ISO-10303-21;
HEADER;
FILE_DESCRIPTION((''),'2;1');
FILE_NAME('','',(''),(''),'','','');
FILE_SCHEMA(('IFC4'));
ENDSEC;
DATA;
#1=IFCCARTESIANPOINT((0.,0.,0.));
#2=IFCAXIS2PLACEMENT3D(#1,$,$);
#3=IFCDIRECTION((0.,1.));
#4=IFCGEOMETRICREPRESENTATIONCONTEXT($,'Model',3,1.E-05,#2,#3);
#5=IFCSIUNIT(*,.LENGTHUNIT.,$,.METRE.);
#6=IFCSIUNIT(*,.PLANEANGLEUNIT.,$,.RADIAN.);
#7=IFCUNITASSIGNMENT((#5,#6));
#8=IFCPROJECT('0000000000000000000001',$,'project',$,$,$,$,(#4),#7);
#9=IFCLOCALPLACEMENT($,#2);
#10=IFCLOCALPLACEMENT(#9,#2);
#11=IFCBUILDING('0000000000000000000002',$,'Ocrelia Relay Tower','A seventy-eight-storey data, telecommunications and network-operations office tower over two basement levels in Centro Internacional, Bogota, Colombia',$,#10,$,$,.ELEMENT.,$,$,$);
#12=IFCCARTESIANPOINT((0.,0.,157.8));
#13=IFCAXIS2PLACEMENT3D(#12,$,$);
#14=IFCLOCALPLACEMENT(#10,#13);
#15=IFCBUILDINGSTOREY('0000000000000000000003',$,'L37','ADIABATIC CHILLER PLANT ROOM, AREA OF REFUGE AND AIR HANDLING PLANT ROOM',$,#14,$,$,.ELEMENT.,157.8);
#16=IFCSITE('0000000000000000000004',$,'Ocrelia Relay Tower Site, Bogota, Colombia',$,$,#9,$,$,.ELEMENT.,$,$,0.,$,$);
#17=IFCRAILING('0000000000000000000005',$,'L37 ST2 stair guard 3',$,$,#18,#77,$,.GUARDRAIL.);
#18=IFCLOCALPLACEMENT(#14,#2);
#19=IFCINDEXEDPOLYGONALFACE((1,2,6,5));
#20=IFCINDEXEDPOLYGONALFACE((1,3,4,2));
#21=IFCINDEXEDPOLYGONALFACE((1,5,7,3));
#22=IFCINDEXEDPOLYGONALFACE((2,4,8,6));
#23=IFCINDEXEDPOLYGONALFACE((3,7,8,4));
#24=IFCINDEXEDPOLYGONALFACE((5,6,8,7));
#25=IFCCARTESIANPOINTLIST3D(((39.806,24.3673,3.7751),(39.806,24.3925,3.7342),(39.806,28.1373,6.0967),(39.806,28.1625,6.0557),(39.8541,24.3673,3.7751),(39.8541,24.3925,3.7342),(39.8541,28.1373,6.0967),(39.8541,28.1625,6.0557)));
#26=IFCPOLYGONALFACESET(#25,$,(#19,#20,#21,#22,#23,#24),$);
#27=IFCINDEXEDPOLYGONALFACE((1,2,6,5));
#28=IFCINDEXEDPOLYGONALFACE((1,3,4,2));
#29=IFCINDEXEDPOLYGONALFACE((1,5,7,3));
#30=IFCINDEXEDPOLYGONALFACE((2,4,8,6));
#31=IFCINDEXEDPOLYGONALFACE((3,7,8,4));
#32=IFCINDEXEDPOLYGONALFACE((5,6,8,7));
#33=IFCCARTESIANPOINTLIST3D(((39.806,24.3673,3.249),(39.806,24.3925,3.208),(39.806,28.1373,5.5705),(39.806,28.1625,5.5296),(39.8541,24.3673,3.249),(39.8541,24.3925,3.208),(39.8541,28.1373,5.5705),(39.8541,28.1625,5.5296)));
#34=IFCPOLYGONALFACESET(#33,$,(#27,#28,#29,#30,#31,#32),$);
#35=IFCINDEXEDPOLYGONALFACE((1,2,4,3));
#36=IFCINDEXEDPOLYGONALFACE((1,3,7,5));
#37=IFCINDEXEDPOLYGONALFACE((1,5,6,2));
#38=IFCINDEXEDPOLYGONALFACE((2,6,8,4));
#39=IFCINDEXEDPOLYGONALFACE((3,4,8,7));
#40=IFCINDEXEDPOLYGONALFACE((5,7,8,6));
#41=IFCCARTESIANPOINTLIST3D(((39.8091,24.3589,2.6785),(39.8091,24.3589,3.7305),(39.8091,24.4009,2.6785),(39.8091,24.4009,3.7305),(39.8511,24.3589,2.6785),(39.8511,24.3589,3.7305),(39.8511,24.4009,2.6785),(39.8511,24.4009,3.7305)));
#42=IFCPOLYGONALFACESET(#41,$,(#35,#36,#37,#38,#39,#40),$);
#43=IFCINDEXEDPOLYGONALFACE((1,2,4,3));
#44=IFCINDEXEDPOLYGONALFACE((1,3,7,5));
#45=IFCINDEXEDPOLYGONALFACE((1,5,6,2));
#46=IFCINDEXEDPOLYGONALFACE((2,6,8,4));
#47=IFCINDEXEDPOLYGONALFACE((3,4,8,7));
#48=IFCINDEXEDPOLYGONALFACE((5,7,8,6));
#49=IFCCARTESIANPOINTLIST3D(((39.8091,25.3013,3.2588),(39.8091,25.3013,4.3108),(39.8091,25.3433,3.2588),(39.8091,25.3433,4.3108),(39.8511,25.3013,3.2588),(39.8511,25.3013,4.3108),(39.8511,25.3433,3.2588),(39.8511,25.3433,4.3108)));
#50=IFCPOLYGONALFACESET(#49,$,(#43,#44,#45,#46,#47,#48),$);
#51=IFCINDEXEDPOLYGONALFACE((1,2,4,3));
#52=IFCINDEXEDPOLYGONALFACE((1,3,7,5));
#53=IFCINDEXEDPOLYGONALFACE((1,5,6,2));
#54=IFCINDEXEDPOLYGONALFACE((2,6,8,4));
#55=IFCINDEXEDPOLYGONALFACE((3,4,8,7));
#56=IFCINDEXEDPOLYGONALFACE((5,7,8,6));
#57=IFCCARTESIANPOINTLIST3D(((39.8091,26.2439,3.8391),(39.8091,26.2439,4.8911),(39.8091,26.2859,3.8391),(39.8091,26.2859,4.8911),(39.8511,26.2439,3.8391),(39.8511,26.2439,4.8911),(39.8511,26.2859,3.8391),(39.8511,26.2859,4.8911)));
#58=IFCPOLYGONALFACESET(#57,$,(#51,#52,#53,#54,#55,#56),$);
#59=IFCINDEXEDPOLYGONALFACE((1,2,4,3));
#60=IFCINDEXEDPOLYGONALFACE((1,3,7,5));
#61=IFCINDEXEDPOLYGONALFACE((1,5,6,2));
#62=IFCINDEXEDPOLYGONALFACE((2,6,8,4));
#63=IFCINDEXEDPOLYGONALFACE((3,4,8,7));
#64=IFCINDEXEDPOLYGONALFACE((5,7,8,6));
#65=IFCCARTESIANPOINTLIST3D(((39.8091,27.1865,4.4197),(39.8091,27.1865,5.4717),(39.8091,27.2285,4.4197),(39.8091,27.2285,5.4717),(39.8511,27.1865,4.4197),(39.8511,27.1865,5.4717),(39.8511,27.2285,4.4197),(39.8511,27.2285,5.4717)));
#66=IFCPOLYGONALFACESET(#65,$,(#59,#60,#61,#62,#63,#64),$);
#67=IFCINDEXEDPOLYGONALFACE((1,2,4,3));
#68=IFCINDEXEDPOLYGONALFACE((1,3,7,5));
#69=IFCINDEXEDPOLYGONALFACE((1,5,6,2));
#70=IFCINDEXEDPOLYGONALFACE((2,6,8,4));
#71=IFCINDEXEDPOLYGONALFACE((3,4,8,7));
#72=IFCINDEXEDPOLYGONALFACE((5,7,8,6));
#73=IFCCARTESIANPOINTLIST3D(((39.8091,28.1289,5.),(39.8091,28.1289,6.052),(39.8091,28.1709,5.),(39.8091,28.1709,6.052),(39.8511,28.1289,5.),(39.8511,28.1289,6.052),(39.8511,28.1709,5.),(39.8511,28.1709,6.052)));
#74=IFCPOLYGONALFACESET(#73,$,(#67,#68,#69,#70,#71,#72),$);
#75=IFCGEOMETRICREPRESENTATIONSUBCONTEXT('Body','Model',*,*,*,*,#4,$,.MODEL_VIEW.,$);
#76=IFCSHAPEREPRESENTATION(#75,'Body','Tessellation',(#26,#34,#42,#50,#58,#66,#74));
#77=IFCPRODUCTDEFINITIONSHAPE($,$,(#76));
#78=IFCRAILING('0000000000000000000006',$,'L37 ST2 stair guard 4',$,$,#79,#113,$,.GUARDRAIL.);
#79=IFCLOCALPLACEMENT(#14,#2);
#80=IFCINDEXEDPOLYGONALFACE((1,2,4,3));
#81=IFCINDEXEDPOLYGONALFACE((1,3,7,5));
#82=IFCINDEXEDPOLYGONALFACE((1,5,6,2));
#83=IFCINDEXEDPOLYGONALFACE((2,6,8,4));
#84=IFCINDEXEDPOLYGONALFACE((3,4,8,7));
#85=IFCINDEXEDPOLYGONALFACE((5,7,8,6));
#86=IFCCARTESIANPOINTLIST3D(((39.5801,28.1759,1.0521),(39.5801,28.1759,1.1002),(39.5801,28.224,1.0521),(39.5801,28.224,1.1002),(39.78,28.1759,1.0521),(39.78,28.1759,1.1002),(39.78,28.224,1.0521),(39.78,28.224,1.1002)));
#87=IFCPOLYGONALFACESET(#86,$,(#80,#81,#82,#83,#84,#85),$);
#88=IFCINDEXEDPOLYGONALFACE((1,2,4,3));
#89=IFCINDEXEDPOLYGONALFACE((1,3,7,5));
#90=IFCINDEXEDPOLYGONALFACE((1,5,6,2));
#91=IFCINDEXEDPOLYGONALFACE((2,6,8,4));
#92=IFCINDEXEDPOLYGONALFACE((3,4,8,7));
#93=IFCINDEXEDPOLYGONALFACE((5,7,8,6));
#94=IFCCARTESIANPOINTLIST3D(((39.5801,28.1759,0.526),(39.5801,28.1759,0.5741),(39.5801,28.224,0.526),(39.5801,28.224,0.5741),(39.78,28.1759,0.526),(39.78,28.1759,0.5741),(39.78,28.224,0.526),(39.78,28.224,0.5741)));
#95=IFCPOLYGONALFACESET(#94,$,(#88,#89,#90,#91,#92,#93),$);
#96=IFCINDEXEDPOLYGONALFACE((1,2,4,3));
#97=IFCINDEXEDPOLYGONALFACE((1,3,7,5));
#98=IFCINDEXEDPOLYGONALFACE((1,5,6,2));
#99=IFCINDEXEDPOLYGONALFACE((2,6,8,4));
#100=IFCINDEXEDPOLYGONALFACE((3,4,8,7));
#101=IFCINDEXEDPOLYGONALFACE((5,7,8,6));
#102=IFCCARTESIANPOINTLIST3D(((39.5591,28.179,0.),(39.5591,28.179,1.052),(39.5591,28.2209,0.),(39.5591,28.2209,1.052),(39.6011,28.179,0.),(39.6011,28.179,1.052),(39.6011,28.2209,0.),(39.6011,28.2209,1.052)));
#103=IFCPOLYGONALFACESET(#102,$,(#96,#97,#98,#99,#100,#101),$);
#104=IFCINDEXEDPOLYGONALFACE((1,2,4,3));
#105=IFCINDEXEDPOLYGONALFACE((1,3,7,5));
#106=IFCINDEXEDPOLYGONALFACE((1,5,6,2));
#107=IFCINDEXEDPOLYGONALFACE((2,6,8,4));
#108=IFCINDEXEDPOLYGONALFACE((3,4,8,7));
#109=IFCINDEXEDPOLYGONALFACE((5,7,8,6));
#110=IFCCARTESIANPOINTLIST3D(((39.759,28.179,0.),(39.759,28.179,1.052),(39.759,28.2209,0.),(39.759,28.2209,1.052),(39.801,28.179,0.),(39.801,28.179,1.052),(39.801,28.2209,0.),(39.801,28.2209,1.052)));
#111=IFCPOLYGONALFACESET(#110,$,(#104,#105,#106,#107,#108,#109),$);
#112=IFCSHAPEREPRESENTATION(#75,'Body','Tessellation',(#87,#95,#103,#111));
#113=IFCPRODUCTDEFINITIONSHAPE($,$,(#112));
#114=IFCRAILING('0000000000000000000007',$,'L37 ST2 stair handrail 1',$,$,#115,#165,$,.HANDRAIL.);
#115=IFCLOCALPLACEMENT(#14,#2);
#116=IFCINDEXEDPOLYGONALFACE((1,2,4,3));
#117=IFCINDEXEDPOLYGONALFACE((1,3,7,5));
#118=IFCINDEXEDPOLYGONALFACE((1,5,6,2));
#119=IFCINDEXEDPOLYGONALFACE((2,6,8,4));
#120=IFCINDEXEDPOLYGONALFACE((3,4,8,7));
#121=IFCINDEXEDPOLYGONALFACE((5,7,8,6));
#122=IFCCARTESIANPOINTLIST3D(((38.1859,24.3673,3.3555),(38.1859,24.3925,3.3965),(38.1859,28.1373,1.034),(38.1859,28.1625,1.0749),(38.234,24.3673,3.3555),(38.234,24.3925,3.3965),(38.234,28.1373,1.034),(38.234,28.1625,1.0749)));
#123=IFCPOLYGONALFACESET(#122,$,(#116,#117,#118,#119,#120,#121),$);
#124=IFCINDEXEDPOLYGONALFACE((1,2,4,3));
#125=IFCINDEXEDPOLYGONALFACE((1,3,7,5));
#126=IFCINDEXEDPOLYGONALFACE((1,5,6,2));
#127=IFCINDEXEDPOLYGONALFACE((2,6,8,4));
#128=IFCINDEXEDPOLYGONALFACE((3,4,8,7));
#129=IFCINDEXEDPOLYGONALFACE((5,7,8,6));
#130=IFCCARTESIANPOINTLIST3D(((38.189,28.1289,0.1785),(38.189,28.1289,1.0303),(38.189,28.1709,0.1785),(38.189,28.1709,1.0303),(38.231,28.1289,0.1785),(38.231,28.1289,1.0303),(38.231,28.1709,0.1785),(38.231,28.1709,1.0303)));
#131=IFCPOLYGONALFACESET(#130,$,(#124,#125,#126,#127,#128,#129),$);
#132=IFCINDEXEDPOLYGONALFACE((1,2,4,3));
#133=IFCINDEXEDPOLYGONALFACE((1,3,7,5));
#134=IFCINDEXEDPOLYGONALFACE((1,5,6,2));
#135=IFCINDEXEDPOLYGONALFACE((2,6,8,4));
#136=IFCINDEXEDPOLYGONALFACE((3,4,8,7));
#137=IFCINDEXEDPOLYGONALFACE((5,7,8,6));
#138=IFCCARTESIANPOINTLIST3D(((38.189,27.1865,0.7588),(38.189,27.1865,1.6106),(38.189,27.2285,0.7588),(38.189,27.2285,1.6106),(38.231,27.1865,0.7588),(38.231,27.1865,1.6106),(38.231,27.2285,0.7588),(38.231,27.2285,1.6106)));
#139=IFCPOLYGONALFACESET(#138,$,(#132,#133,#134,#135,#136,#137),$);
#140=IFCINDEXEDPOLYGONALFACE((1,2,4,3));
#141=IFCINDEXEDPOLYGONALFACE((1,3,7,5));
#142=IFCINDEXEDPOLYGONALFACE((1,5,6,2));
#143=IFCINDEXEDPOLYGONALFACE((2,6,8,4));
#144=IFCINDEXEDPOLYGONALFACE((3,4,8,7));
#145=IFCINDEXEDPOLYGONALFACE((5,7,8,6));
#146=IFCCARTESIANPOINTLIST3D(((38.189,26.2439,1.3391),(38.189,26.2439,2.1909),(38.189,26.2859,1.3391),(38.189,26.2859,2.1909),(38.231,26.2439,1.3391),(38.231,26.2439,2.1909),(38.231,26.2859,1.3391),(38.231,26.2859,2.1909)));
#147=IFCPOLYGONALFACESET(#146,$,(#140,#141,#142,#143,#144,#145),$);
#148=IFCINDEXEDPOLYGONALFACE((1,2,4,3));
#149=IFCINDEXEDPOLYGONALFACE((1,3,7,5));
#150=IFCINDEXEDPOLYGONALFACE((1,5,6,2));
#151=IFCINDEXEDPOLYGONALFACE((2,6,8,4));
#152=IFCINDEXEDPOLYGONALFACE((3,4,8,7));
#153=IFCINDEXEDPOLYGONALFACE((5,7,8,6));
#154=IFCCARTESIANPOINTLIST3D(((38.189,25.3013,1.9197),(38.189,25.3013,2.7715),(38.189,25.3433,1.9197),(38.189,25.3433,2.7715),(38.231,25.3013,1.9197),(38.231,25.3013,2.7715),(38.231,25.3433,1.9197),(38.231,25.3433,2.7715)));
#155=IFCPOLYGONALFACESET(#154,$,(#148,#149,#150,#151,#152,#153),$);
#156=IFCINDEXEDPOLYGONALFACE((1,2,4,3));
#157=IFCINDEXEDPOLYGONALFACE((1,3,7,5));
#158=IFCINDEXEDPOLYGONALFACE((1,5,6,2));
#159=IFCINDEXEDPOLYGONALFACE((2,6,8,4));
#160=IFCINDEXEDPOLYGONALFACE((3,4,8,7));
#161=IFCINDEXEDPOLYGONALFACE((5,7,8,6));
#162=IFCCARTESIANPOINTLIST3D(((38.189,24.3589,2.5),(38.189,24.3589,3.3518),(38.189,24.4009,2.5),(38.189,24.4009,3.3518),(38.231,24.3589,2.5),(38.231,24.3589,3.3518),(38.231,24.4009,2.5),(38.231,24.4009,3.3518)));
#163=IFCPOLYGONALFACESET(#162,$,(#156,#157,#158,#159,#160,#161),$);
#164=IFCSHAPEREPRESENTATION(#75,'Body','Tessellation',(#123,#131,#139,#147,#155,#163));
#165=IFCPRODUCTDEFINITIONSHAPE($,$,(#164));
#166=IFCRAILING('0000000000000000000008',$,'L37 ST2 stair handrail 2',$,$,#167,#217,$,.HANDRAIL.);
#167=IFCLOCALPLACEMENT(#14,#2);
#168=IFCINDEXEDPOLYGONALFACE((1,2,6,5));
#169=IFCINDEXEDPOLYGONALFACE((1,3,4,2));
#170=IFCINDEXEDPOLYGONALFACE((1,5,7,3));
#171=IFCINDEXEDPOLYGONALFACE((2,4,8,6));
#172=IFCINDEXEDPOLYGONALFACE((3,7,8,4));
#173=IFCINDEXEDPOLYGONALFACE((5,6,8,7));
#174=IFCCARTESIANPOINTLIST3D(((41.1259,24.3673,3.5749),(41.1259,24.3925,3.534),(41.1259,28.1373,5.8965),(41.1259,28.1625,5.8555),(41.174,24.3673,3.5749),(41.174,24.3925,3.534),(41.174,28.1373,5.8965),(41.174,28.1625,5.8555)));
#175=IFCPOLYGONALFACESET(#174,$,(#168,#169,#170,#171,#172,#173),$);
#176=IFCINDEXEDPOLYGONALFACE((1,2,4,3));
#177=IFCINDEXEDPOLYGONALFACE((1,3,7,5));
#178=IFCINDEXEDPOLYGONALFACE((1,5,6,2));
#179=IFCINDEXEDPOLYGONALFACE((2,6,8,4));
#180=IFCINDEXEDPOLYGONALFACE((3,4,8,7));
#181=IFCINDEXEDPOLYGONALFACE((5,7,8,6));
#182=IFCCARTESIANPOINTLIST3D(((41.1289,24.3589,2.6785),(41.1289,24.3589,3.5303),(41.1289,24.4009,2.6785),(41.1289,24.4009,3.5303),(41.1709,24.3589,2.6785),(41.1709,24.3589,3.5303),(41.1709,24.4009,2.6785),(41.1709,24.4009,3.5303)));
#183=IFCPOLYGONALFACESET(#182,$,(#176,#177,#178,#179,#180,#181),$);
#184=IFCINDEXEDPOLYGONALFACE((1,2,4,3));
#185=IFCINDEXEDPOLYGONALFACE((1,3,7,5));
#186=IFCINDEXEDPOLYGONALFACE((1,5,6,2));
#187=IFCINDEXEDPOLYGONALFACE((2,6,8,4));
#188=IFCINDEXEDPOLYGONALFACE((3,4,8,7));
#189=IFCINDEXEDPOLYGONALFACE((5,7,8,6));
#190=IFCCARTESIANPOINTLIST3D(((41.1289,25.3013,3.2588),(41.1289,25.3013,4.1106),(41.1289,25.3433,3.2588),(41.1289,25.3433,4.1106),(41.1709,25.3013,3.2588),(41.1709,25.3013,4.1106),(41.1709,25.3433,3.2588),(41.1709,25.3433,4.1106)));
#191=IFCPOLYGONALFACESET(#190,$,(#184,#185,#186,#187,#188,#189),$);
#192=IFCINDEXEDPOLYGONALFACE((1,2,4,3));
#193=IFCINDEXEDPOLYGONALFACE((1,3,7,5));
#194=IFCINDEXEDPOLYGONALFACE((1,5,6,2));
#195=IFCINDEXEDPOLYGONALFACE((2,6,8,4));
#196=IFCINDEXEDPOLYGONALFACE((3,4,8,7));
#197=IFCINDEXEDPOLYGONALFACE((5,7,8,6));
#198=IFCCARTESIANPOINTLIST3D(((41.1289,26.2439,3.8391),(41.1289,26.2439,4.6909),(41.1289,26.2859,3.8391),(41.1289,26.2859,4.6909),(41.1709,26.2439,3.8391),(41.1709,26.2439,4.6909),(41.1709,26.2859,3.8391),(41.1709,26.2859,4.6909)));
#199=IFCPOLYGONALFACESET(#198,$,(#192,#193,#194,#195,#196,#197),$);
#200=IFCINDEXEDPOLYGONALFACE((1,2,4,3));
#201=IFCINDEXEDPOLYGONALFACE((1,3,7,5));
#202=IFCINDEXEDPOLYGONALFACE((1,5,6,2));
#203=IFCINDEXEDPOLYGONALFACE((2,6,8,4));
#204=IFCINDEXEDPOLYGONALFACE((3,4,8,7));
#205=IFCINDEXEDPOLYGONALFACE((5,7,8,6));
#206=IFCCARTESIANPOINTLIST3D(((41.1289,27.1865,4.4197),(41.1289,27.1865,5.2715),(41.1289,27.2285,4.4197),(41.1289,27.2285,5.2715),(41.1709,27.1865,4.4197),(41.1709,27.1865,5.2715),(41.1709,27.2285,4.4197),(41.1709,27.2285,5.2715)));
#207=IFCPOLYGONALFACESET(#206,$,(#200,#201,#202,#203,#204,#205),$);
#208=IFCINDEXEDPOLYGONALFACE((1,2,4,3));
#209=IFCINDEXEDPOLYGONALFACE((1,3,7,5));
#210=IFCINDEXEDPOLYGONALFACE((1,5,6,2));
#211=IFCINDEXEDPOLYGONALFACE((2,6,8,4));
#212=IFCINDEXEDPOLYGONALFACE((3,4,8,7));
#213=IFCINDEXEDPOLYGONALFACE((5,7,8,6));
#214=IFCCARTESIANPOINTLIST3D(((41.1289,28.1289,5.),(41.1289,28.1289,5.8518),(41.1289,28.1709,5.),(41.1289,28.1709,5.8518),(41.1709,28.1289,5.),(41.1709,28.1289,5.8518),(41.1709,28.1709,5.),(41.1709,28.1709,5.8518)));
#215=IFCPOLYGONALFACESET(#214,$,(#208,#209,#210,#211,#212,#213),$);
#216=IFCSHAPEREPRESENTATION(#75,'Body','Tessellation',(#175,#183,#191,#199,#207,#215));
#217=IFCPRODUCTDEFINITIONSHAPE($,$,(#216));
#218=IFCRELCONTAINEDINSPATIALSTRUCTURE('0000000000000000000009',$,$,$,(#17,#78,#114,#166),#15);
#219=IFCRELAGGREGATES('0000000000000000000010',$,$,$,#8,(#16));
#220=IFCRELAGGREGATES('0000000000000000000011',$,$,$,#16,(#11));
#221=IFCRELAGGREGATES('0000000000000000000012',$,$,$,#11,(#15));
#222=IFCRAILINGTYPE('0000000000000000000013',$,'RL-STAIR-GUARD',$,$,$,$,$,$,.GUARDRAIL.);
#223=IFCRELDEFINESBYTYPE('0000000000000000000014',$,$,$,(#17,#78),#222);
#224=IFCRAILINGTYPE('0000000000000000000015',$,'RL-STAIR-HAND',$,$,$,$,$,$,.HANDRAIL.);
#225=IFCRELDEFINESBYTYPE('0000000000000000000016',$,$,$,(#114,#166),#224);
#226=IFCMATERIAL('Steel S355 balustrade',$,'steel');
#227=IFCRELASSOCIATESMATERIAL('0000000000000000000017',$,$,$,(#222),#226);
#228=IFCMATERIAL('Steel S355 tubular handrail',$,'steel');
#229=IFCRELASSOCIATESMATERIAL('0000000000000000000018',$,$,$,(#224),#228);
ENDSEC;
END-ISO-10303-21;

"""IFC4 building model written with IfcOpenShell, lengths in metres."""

from ifc_helpers import new_model, si_unit, direction, frame, origin, origin_2d, place, context, subcontext, project, spatial, rectangle, extrude, material, type_object, element, save


model = new_model("IFC4")

# Units and contexts
model_context = context("Model", 3, precision=1e-05, world=origin(), true_north=direction((0.0, 1.0)))
body_context = subcontext(model_context, "Body", "Model", "MODEL_VIEW")
ifc_project = project(units=[si_unit("LENGTHUNIT", "METRE"), si_unit("PLANEANGLEUNIT", "RADIAN")], contexts=[model_context])

# Site, building, storey
site_placement = place(None, origin())
site = spatial("IfcSite", under=ifc_project, at=site_placement, Name="Ocrelia Relay Tower Site, Bogota, Colombia", CompositionType="ELEMENT", RefElevation=0.0)
building_placement = place(site_placement, origin())
building = spatial("IfcBuilding", under=site, at=building_placement, Name="Ocrelia Relay Tower", Description="A seventy-eight-storey data, telecommunications and network-operations office tower over two basement levels in Centro Internacional, Bogota, Colombia", CompositionType="ELEMENT")
storey_placement = place(building_placement, frame((0.0, 0.0, 157.8)))
storey = spatial("IfcBuildingStorey", under=building, at=storey_placement, Name="L37", Description="ADIABATIC CHILLER PLANT ROOM, AREA OF REFUGE AND AIR HANDLING PLANT ROOM", CompositionType="ELEMENT", Elevation=157.8)

# Railings
ifc_material_1 = material(Name="Steel S355 balustrade", Category="steel")
railing_type_1 = type_object("IfcRailingType", Name="RL-STAIR-GUARD", PredefinedType="GUARDRAIL", material=ifc_material_1)
railing_1_placement = place(storey_placement, frame((39.8301, 24.3799, 2.6785)))
element("IfcRailing", 1, at=railing_1_placement, inside=storey, type_object=railing_type_1, Name="L37 ST2 stair guard 3", PredefinedType="GUARDRAIL", context=body_context, shape_type="SweptSolid", body=[
    extrude(rectangle(XDim=0.0481, YDim=0.0481, at=origin_2d()), frame((0.0, 0.0, 1.0762), z_axis=(0.0, 0.851505, 0.524347), x_axis=(-1.0, 0.0, 0.0)), (0.0, 0.0, 1.0), 4.4275),
    extrude(rectangle(XDim=0.0481, YDim=0.0481, at=origin_2d()), frame((0.0, 0.0, 0.55), z_axis=(0.0, 0.851505, 0.524347), x_axis=(-1.0, 0.0, 0.0)), (0.0, 0.0, 1.0), 4.4275),
    extrude(rectangle(XDim=0.042, YDim=0.042, at=origin_2d()), origin(), (0.0, 0.0, 1.0), 1.052),
    extrude(rectangle(XDim=0.042, YDim=0.042, at=origin_2d()), frame((0.0, 0.9424, 0.5803)), (0.0, 0.0, 1.0), 1.052),
    extrude(rectangle(XDim=0.042, YDim=0.042, at=origin_2d()), frame((0.0, 1.885, 1.1606)), (0.0, 0.0, 1.0), 1.052),
    extrude(rectangle(XDim=0.042, YDim=0.042, at=origin_2d()), frame((0.0, 2.8276, 1.7412)), (0.0, 0.0, 1.0), 1.052),
    extrude(rectangle(XDim=0.042, YDim=0.042, at=origin_2d()), frame((0.0, 3.77, 2.3215)), (0.0, 0.0, 1.0), 1.052),
])
railing_2_placement = place(storey_placement, frame((39.5801, 28.2, 0.0)))
element("IfcRailing", 2, at=railing_2_placement, inside=storey, type_object=railing_type_1, Name="L37 ST2 stair guard 4", PredefinedType="GUARDRAIL", context=body_context, shape_type="SweptSolid", body=[
    extrude(rectangle(XDim=0.0481, YDim=0.0481, at=origin_2d()), frame((0.0, 0.0, 1.0762), z_axis=(1.0, 0.0, 0.0), x_axis=(0.0, 1.0, 0.0)), (0.0, 0.0, 1.0), 0.2),
    extrude(rectangle(XDim=0.0481, YDim=0.0481, at=origin_2d()), frame((0.0, 0.0, 0.55), z_axis=(1.0, 0.0, 0.0), x_axis=(0.0, 1.0, 0.0)), (0.0, 0.0, 1.0), 0.2),
    extrude(rectangle(XDim=0.042, YDim=0.042, at=origin_2d()), origin(), (0.0, 0.0, 1.0), 1.052),
    extrude(rectangle(XDim=0.042, YDim=0.042, at=origin_2d()), frame((0.2, 0.0, 0.0)), (0.0, 0.0, 1.0), 1.052),
])
ifc_material_2 = material(Name="Steel S355 tubular handrail", Category="steel")
railing_type_2 = type_object("IfcRailingType", Name="RL-STAIR-HAND", PredefinedType="HANDRAIL", material=ifc_material_2)
railing_3_placement = place(storey_placement, frame((38.21, 28.1499, 0.1785)))
element("IfcRailing", 3, at=railing_3_placement, inside=storey, type_object=railing_type_2, Name="L37 ST2 stair handrail 1", PredefinedType="HANDRAIL", context=body_context, shape_type="SweptSolid", body=[
    extrude(rectangle(XDim=0.0481, YDim=0.0481, at=origin_2d()), frame((0.0, 0.0, 0.876), z_axis=(0.0, -0.851505, 0.524347), x_axis=(1.0, 0.0, 0.0)), (0.0, 0.0, 1.0), 4.4275),
    extrude(rectangle(XDim=0.042, YDim=0.042, at=origin_2d()), origin(), (0.0, 0.0, 1.0), 0.8518),
    extrude(rectangle(XDim=0.042, YDim=0.042, at=origin_2d()), frame((0.0, -0.9424, 0.5803)), (0.0, 0.0, 1.0), 0.8518),
    extrude(rectangle(XDim=0.042, YDim=0.042, at=origin_2d()), frame((0.0, -1.885, 1.1606)), (0.0, 0.0, 1.0), 0.8518),
    extrude(rectangle(XDim=0.042, YDim=0.042, at=origin_2d()), frame((0.0, -2.8276, 1.7412)), (0.0, 0.0, 1.0), 0.8518),
    extrude(rectangle(XDim=0.042, YDim=0.042, at=origin_2d()), frame((0.0, -3.77, 2.3215)), (0.0, 0.0, 1.0), 0.8518),
])
railing_4_placement = place(storey_placement, frame((41.1499, 24.3799, 2.6785)))
element("IfcRailing", 4, at=railing_4_placement, inside=storey, type_object=railing_type_2, Name="L37 ST2 stair handrail 2", PredefinedType="HANDRAIL", context=body_context, shape_type="SweptSolid", body=[
    extrude(rectangle(XDim=0.0481, YDim=0.0481, at=origin_2d()), frame((0.0, 0.0, 0.876), z_axis=(0.0, 0.851505, 0.524347), x_axis=(-1.0, 0.0, 0.0)), (0.0, 0.0, 1.0), 4.4275),
    extrude(rectangle(XDim=0.042, YDim=0.042, at=origin_2d()), origin(), (0.0, 0.0, 1.0), 0.8518),
    extrude(rectangle(XDim=0.042, YDim=0.042, at=origin_2d()), frame((0.0, 0.9424, 0.5803)), (0.0, 0.0, 1.0), 0.8518),
    extrude(rectangle(XDim=0.042, YDim=0.042, at=origin_2d()), frame((0.0, 1.885, 1.1606)), (0.0, 0.0, 1.0), 0.8518),
    extrude(rectangle(XDim=0.042, YDim=0.042, at=origin_2d()), frame((0.0, 2.8276, 1.7412)), (0.0, 0.0, 1.0), 0.8518),
    extrude(rectangle(XDim=0.042, YDim=0.042, at=origin_2d()), frame((0.0, 3.77, 2.3215)), (0.0, 0.0, 1.0), 0.8518),
])

save(model, "model.ifc")
